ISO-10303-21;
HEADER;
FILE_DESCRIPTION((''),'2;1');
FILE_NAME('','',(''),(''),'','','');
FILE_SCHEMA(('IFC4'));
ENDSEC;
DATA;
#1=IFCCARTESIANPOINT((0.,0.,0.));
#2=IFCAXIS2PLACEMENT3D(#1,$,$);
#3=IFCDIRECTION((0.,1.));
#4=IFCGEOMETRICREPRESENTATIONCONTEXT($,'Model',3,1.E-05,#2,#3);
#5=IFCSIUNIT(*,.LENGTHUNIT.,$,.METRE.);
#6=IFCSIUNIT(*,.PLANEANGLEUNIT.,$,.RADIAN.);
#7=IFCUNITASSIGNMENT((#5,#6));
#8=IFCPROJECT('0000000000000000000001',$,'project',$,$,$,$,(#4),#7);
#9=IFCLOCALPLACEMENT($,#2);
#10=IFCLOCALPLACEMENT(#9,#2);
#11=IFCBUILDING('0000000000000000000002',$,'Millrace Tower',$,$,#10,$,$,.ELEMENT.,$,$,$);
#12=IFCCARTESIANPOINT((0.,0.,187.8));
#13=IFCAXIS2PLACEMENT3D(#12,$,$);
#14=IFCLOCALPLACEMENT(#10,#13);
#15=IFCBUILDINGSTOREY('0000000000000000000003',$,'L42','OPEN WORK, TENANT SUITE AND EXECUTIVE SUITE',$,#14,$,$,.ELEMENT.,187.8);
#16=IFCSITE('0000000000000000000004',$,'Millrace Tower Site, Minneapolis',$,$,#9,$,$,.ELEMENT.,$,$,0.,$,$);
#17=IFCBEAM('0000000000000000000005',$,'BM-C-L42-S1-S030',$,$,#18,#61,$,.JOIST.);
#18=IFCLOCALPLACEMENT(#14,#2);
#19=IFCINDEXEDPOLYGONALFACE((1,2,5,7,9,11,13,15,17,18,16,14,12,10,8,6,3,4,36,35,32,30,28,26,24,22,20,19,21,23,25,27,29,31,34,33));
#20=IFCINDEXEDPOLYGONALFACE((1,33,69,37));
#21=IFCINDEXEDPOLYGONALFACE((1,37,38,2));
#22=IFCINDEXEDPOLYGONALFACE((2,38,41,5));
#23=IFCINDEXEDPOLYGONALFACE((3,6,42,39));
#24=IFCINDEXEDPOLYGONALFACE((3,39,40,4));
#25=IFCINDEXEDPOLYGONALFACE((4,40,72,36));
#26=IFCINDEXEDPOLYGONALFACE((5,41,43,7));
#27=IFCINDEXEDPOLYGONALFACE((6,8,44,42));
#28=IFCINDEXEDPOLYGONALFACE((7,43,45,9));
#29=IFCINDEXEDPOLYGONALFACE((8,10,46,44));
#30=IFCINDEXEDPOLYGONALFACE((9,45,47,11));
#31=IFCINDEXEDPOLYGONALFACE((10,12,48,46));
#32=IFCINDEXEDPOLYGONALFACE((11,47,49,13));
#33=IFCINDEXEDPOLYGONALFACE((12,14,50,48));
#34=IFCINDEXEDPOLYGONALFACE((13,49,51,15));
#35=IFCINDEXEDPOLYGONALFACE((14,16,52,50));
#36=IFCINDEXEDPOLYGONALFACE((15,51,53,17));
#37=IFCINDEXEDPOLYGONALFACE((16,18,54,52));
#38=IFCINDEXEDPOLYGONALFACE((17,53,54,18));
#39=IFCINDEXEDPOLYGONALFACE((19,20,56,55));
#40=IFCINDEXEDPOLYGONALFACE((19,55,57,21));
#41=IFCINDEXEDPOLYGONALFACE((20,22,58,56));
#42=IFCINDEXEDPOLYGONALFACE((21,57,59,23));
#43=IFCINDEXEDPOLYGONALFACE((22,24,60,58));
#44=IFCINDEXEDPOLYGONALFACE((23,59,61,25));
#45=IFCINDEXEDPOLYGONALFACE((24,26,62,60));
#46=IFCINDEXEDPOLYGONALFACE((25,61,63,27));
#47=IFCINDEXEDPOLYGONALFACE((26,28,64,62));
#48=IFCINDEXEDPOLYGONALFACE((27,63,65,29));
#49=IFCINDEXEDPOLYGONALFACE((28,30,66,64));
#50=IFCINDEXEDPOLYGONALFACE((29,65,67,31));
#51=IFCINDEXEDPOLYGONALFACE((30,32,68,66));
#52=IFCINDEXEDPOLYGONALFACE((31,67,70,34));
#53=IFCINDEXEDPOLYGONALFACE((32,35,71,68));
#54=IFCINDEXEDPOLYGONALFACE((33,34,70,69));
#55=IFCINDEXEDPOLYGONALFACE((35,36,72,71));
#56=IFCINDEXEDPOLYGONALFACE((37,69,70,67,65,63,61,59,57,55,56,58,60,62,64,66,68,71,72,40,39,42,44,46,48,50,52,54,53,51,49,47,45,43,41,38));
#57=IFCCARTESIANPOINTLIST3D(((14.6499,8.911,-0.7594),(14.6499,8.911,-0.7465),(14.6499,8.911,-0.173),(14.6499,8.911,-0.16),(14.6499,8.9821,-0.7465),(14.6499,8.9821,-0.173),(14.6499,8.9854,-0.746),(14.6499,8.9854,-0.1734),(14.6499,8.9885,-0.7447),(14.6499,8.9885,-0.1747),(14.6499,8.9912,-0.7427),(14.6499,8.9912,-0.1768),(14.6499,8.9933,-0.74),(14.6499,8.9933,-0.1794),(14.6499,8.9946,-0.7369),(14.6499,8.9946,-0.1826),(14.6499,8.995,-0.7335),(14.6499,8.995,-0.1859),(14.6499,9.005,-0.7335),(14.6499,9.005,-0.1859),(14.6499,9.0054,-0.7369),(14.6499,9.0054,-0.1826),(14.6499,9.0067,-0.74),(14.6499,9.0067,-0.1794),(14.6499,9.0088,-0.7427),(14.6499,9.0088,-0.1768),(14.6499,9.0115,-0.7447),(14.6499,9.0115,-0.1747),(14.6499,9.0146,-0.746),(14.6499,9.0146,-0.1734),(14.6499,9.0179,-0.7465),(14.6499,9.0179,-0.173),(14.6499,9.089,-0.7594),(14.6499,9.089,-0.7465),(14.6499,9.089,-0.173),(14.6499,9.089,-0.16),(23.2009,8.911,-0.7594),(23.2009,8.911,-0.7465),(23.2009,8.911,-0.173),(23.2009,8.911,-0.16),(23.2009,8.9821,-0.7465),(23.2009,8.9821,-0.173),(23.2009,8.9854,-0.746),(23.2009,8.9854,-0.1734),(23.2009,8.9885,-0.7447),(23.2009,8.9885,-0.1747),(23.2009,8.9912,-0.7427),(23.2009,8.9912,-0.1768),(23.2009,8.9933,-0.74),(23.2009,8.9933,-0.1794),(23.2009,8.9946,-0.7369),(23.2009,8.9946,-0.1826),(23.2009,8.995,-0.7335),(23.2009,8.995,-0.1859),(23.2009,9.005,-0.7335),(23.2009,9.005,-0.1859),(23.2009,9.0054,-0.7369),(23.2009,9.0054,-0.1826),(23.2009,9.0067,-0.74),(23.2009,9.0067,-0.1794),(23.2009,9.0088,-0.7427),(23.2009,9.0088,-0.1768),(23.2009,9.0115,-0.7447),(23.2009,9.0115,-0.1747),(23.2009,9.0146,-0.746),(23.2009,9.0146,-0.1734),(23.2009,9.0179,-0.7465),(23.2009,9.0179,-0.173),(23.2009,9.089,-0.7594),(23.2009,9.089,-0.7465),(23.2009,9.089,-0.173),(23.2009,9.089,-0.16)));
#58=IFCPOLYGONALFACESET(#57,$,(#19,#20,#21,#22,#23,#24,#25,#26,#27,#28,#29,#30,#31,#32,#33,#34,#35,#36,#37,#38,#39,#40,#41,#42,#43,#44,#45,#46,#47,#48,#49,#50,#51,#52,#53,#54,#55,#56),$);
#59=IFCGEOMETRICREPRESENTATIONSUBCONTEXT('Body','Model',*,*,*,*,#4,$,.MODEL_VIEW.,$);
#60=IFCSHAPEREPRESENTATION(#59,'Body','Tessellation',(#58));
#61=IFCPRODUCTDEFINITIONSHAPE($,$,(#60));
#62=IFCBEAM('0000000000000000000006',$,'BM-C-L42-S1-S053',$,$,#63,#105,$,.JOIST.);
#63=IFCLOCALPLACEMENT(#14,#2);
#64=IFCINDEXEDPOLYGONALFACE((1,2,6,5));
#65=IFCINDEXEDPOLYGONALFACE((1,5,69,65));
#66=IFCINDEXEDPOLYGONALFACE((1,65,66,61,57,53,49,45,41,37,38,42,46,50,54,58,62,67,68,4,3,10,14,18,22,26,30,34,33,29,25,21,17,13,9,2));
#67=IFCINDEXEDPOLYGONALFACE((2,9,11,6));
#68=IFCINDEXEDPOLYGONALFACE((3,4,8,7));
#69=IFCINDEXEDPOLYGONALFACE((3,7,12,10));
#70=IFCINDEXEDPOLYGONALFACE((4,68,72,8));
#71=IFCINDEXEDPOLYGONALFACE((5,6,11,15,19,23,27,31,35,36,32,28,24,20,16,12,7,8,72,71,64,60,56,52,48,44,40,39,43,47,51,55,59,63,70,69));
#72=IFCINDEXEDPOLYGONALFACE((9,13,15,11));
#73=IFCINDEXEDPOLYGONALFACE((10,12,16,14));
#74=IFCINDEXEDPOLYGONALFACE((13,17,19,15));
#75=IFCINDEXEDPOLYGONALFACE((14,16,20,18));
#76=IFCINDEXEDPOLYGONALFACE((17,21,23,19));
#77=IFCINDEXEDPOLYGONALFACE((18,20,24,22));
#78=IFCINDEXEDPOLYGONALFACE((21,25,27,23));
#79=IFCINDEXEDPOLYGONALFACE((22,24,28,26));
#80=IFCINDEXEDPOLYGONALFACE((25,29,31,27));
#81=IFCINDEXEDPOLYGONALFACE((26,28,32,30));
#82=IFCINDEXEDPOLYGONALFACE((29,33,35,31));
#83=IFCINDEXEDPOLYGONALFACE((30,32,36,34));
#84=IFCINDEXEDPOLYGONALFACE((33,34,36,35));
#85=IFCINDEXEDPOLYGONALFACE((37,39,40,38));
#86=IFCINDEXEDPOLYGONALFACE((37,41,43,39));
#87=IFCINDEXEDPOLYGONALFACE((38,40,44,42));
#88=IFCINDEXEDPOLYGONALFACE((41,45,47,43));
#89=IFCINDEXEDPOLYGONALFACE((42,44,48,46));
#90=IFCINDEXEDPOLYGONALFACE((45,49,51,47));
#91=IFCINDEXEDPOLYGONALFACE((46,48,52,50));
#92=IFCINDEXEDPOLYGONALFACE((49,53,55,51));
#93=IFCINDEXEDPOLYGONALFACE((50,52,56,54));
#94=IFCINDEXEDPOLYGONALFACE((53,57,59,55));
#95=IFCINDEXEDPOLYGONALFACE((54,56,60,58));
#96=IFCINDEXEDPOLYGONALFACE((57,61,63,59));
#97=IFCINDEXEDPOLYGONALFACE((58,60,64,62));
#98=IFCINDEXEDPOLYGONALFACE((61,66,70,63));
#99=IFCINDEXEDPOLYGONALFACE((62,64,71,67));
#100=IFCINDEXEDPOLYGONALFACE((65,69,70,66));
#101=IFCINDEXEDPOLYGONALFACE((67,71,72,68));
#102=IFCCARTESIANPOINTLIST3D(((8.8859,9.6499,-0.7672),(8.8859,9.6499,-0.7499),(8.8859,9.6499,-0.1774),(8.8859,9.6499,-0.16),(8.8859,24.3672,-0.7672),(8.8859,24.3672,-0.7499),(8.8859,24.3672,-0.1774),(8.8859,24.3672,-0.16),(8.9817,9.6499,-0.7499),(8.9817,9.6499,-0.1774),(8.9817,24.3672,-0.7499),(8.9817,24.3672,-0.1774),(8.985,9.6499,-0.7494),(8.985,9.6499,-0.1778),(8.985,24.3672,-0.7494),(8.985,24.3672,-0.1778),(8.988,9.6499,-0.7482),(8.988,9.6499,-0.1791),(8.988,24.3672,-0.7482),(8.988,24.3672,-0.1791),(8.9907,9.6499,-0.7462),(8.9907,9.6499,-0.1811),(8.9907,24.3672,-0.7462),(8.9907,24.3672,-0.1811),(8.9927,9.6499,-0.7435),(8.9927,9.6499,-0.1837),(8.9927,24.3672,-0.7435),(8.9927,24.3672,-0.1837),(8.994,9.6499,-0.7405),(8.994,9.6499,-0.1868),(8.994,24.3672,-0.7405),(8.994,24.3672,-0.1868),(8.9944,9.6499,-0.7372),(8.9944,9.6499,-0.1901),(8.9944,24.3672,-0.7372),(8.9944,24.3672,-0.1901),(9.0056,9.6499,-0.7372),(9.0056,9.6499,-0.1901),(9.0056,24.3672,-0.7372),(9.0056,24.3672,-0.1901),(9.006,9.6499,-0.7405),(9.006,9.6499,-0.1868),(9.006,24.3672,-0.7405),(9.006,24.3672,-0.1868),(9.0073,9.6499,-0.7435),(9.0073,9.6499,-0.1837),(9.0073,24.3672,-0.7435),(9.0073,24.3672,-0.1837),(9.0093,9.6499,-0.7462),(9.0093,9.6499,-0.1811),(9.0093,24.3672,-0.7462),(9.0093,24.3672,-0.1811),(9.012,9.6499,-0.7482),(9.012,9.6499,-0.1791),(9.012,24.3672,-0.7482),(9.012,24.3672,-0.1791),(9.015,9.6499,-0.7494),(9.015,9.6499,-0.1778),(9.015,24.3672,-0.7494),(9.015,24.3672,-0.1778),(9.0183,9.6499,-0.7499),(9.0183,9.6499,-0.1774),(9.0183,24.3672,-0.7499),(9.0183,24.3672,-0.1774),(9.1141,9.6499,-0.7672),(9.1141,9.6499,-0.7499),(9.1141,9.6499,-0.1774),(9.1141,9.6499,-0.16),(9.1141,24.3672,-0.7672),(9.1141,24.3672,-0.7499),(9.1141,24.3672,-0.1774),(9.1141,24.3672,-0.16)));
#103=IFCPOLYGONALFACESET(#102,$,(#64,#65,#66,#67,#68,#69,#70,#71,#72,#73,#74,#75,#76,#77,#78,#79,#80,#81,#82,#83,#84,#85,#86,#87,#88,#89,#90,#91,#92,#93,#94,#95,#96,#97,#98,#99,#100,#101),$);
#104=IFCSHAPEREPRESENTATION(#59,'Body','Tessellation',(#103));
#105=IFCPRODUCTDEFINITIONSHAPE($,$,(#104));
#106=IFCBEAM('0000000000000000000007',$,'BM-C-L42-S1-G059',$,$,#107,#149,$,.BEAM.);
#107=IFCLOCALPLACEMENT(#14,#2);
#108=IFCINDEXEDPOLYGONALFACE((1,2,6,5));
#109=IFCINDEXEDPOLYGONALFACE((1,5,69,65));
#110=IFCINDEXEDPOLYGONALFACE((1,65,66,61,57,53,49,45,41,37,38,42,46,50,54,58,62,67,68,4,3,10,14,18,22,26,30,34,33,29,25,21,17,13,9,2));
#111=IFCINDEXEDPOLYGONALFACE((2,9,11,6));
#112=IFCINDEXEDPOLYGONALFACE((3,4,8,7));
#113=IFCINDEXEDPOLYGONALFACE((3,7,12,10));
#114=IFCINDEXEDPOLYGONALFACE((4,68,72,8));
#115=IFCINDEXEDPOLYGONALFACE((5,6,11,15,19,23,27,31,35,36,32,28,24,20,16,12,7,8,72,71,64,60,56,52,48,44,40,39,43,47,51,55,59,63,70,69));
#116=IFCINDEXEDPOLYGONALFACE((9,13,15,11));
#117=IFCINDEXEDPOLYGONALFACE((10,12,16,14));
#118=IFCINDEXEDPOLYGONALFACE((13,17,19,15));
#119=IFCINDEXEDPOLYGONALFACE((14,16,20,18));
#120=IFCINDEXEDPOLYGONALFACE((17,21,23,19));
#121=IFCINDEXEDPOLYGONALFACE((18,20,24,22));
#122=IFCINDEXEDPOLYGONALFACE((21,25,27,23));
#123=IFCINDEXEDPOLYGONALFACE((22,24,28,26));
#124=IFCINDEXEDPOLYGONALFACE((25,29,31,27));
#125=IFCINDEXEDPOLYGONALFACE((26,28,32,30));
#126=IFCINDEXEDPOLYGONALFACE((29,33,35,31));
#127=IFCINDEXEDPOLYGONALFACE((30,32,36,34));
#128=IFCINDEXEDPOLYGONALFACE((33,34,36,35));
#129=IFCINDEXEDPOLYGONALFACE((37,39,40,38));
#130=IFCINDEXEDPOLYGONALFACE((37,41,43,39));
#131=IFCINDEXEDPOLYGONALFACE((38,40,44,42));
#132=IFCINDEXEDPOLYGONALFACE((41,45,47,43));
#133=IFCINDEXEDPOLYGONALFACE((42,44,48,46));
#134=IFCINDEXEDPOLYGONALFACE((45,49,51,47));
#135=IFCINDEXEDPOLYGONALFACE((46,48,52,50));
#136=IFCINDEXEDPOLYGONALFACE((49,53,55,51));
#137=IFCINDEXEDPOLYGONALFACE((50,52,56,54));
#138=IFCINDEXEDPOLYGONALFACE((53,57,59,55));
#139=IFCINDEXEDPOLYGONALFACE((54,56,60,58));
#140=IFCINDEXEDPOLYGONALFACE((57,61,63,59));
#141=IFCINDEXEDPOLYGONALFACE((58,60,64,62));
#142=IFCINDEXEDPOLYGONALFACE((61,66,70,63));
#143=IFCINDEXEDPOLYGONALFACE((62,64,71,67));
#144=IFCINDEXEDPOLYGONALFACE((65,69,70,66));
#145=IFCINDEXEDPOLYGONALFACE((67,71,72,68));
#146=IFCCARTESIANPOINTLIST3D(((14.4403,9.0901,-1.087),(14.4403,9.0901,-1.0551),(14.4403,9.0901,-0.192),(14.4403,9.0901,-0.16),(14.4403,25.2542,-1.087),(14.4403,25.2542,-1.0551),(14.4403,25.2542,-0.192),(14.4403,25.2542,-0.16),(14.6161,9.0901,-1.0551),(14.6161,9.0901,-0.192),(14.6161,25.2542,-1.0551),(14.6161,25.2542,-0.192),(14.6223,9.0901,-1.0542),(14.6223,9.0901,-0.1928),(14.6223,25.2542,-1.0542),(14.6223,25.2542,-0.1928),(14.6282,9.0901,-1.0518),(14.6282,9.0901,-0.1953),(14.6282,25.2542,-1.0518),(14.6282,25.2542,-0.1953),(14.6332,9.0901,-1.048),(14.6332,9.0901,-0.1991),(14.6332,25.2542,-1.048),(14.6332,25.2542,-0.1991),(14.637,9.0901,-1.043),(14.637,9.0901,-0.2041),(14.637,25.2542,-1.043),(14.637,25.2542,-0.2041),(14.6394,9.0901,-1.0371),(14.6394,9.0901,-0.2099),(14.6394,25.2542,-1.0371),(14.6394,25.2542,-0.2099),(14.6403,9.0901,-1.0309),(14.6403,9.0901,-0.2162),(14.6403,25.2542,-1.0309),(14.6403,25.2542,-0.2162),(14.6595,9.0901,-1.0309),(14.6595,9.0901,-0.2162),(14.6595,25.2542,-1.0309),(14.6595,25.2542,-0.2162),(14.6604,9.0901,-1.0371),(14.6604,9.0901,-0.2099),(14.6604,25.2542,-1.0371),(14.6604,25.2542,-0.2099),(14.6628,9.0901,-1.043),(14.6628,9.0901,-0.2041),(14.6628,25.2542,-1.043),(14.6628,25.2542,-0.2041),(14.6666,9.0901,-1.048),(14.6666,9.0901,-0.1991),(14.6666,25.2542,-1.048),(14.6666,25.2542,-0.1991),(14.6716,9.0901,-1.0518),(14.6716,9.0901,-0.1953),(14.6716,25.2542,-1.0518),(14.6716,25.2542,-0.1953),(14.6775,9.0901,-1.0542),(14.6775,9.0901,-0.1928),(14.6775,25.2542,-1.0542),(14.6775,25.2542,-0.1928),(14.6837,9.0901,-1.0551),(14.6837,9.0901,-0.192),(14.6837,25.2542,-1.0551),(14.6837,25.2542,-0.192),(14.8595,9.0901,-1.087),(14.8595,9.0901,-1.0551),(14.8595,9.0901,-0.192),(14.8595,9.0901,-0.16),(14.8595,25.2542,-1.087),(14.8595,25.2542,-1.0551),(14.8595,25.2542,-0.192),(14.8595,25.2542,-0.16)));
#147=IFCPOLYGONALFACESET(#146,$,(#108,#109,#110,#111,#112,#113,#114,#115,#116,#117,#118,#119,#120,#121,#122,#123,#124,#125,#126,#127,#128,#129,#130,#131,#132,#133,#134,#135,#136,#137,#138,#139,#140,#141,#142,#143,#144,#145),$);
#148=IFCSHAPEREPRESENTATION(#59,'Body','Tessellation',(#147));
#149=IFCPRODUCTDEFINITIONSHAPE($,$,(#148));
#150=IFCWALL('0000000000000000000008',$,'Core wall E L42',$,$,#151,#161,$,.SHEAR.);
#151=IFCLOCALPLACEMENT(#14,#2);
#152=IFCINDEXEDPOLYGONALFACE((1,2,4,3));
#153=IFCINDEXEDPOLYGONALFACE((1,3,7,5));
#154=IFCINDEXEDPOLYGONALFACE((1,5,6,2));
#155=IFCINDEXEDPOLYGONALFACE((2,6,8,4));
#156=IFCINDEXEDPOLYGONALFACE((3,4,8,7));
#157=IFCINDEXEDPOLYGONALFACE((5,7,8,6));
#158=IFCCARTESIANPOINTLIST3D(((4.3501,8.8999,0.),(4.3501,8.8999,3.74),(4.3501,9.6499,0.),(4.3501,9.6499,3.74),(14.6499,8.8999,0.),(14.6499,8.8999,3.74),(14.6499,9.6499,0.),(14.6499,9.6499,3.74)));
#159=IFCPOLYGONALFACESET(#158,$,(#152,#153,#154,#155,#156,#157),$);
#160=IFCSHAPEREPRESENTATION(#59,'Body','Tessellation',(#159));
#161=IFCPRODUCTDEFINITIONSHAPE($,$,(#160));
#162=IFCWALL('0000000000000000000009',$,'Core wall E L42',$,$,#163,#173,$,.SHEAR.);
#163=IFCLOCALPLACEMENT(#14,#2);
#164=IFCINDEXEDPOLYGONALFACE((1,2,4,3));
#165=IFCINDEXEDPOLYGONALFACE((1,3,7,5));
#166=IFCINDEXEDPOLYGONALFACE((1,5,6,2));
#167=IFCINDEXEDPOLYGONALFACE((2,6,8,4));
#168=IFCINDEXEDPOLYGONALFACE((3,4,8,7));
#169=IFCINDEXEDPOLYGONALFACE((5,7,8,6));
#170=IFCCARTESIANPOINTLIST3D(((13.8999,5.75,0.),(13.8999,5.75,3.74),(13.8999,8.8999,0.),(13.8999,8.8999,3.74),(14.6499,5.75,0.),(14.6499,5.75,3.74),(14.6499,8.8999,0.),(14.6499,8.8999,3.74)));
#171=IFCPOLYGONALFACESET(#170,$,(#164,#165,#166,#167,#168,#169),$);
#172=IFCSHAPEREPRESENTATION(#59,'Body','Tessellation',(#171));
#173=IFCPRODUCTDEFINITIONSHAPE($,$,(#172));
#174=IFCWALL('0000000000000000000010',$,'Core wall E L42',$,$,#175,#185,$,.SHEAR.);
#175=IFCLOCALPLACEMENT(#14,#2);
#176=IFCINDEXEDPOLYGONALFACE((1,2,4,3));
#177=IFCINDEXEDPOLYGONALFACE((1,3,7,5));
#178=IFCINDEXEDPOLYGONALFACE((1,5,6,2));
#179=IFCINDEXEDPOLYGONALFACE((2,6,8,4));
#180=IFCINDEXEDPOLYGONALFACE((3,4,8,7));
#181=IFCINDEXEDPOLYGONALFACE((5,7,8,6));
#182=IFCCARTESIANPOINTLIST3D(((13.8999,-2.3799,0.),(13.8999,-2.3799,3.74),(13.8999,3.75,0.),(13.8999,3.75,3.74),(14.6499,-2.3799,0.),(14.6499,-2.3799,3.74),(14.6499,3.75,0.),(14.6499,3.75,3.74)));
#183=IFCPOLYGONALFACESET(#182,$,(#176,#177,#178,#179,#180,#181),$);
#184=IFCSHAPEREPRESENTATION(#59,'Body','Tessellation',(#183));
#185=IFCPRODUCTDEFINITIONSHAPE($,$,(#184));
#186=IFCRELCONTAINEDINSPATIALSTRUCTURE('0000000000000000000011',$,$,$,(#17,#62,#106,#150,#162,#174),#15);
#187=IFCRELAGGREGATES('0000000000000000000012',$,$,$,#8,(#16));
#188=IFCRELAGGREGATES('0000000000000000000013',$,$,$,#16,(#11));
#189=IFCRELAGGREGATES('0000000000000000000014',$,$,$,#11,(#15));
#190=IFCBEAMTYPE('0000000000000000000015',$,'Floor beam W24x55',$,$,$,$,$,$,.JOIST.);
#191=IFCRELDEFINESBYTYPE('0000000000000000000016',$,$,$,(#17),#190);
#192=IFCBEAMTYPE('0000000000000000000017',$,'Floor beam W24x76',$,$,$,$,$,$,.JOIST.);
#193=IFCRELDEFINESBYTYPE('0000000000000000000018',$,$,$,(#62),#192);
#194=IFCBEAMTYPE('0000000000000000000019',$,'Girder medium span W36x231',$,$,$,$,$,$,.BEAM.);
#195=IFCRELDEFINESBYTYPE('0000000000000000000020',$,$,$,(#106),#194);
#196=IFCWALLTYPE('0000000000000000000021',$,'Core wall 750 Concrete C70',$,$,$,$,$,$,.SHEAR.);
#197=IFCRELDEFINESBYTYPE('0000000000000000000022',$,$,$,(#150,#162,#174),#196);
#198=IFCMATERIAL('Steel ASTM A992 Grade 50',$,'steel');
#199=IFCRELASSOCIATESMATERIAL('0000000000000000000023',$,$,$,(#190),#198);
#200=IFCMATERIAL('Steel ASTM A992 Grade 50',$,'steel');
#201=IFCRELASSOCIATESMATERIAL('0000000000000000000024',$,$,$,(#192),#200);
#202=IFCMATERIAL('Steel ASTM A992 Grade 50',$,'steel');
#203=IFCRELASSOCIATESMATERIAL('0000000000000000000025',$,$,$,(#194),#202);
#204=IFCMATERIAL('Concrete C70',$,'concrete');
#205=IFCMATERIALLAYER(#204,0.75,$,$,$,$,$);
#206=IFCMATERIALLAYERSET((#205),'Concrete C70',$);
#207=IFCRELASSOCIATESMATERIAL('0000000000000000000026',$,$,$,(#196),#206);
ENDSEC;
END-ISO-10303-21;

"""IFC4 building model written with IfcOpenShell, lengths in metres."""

from ifc_helpers import new_model, si_unit, direction, frame, frame_2d, origin, origin_2d, place, context, subcontext, project, spatial, rectangle, i_section, extrude, material, layer, layer_set, material_profile, profile_set, type_object, element, save


model = new_model("IFC4")

# Units and contexts
model_context = context("Model", 3, precision=1e-05, world=origin(), true_north=direction((0.0, 1.0)))
body_context = subcontext(model_context, "Body", "Model", "MODEL_VIEW")
ifc_project = project(units=[si_unit("LENGTHUNIT", "METRE"), si_unit("PLANEANGLEUNIT", "RADIAN")], contexts=[model_context])

# Site, building, storey
site_placement = place(None, origin())
site = spatial("IfcSite", under=ifc_project, at=site_placement, Name="Millrace Tower Site, Minneapolis", CompositionType="ELEMENT", RefElevation=0.0)
building_placement = place(site_placement, origin())
building = spatial("IfcBuilding", under=site, at=building_placement, Name="Millrace Tower", CompositionType="ELEMENT")
storey_placement = place(building_placement, frame((0.0, 0.0, 187.8)))
storey = spatial("IfcBuildingStorey", under=building, at=storey_placement, Name="L42", Description="OPEN WORK, TENANT SUITE AND EXECUTIVE SUITE", CompositionType="ELEMENT", Elevation=187.8)

# Beams
ifc_material_1 = material(Name="Steel ASTM A992 Grade 50", Category="steel")
ifc_material_profile_1 = material_profile(ifc_material_1, i_section(OverallWidth=0.178, OverallDepth=0.5994, WebThickness=0.01, FlangeThickness=0.0129, FilletRadius=0.0129, at=origin_2d()))
ifc_profile_set_1 = profile_set([ifc_material_profile_1], Name="Steel ASTM A992 Grade 50")
beam_type_1 = type_object("IfcBeamType", Name="Floor beam W24x55", PredefinedType="JOIST", material=ifc_profile_set_1)
beam_1_placement = place(storey_placement, frame((14.6499, 9.0, -0.4597), z_axis=(1.0, 0.0, 0.0), x_axis=(0.0, 1.0, 0.0)))
element("IfcBeam", 1, at=beam_1_placement, inside=storey, type_object=beam_type_1, Name="BM-C-L42-S1-S030", PredefinedType="JOIST", context=body_context, shape_type="SweptSolid", body=[
    extrude(i_section(OverallWidth=0.178, OverallDepth=0.5994, WebThickness=0.01, FlangeThickness=0.0129, FilletRadius=0.0129, at=origin_2d()), origin(), (0.0, 0.0, 1.0), 8.551),
])
ifc_material_2 = material(Name="Steel ASTM A992 Grade 50", Category="steel")
ifc_material_profile_2 = material_profile(ifc_material_2, i_section(OverallWidth=0.2283, OverallDepth=0.6072, WebThickness=0.0112, FlangeThickness=0.0173, FilletRadius=0.0127, at=origin_2d()))
ifc_profile_set_2 = profile_set([ifc_material_profile_2], Name="Steel ASTM A992 Grade 50")
beam_type_2 = type_object("IfcBeamType", Name="Floor beam W24x76", PredefinedType="JOIST", material=ifc_profile_set_2)
beam_2_placement = place(storey_placement, frame((9.0, 9.6499, -0.4636), z_axis=(0.0, 1.0, 0.0), x_axis=(-1.0, 0.0, 0.0)))
element("IfcBeam", 2, at=beam_2_placement, inside=storey, type_object=beam_type_2, Name="BM-C-L42-S1-S053", PredefinedType="JOIST", context=body_context, shape_type="SweptSolid", body=[
    extrude(i_section(OverallWidth=0.2283, OverallDepth=0.6072, WebThickness=0.0112, FlangeThickness=0.0173, FilletRadius=0.0127, at=origin_2d()), origin(), (0.0, 0.0, 1.0), 14.7173),
])
ifc_material_3 = material(Name="Steel ASTM A992 Grade 50", Category="steel")
ifc_material_profile_3 = material_profile(ifc_material_3, i_section(OverallWidth=0.4192, OverallDepth=0.927, WebThickness=0.0193, FlangeThickness=0.032, FilletRadius=0.0242, at=origin_2d()))
ifc_profile_set_3 = profile_set([ifc_material_profile_3], Name="Steel ASTM A992 Grade 50")
beam_type_3 = type_object("IfcBeamType", Name="Girder medium span W36x231", PredefinedType="BEAM", material=ifc_profile_set_3)
beam_3_placement = place(storey_placement, frame((14.6499, 9.0901, -0.6235), z_axis=(0.0, 1.0, 0.0), x_axis=(-1.0, 0.0, 0.0)))
element("IfcBeam", 3, at=beam_3_placement, inside=storey, type_object=beam_type_3, Name="BM-C-L42-S1-G059", PredefinedType="BEAM", context=body_context, shape_type="SweptSolid", body=[
    extrude(i_section(OverallWidth=0.4192, OverallDepth=0.927, WebThickness=0.0193, FlangeThickness=0.032, FilletRadius=0.0242, at=origin_2d()), origin(), (0.0, 0.0, 1.0), 16.1641),
])

# Walls
ifc_material_4 = material(Name="Concrete C70", Category="concrete")
ifc_layer_1 = layer(ifc_material_4, 0.75)
ifc_layer_set_1 = layer_set([ifc_layer_1], Name="Concrete C70")
wall_type_1 = type_object("IfcWallType", Name="Core wall 750 Concrete C70", PredefinedType="SHEAR", material=ifc_layer_set_1)
wall_1_placement = place(storey_placement, frame((14.6499, 9.2749, 0.0), z_axis=(0.0, 0.0, 1.0), x_axis=(-1.0, 0.0, 0.0)))
element("IfcWall", 4, at=wall_1_placement, inside=storey, type_object=wall_type_1, Name="Core wall E L42", PredefinedType="SHEAR", context=body_context, shape_type="SweptSolid", body=[
    extrude(rectangle(XDim=10.2998, YDim=0.75, at=frame_2d((5.1499, 0.0))), origin(), (0.0, 0.0, 1.0), 3.74),
])
wall_2_placement = place(storey_placement, frame((14.2749, 8.8999, 0.0), z_axis=(0.0, 0.0, 1.0), x_axis=(0.0, -1.0, 0.0)))
element("IfcWall", 5, at=wall_2_placement, inside=storey, type_object=wall_type_1, Name="Core wall E L42", PredefinedType="SHEAR", context=body_context, shape_type="SweptSolid", body=[
    extrude(rectangle(XDim=3.1499, YDim=0.75, at=frame_2d((1.575, 0.0))), origin(), (0.0, 0.0, 1.0), 3.74),
])
wall_3_placement = place(storey_placement, frame((14.2749, 3.75, 0.0), z_axis=(0.0, 0.0, 1.0), x_axis=(0.0, -1.0, 0.0)))
element("IfcWall", 6, at=wall_3_placement, inside=storey, type_object=wall_type_1, Name="Core wall E L42", PredefinedType="SHEAR", context=body_context, shape_type="SweptSolid", body=[
    extrude(rectangle(XDim=6.1299, YDim=0.75, at=frame_2d((3.0649, 0.0))), origin(), (0.0, 0.0, 1.0), 3.74),
])

save(model, "model.ifc")
